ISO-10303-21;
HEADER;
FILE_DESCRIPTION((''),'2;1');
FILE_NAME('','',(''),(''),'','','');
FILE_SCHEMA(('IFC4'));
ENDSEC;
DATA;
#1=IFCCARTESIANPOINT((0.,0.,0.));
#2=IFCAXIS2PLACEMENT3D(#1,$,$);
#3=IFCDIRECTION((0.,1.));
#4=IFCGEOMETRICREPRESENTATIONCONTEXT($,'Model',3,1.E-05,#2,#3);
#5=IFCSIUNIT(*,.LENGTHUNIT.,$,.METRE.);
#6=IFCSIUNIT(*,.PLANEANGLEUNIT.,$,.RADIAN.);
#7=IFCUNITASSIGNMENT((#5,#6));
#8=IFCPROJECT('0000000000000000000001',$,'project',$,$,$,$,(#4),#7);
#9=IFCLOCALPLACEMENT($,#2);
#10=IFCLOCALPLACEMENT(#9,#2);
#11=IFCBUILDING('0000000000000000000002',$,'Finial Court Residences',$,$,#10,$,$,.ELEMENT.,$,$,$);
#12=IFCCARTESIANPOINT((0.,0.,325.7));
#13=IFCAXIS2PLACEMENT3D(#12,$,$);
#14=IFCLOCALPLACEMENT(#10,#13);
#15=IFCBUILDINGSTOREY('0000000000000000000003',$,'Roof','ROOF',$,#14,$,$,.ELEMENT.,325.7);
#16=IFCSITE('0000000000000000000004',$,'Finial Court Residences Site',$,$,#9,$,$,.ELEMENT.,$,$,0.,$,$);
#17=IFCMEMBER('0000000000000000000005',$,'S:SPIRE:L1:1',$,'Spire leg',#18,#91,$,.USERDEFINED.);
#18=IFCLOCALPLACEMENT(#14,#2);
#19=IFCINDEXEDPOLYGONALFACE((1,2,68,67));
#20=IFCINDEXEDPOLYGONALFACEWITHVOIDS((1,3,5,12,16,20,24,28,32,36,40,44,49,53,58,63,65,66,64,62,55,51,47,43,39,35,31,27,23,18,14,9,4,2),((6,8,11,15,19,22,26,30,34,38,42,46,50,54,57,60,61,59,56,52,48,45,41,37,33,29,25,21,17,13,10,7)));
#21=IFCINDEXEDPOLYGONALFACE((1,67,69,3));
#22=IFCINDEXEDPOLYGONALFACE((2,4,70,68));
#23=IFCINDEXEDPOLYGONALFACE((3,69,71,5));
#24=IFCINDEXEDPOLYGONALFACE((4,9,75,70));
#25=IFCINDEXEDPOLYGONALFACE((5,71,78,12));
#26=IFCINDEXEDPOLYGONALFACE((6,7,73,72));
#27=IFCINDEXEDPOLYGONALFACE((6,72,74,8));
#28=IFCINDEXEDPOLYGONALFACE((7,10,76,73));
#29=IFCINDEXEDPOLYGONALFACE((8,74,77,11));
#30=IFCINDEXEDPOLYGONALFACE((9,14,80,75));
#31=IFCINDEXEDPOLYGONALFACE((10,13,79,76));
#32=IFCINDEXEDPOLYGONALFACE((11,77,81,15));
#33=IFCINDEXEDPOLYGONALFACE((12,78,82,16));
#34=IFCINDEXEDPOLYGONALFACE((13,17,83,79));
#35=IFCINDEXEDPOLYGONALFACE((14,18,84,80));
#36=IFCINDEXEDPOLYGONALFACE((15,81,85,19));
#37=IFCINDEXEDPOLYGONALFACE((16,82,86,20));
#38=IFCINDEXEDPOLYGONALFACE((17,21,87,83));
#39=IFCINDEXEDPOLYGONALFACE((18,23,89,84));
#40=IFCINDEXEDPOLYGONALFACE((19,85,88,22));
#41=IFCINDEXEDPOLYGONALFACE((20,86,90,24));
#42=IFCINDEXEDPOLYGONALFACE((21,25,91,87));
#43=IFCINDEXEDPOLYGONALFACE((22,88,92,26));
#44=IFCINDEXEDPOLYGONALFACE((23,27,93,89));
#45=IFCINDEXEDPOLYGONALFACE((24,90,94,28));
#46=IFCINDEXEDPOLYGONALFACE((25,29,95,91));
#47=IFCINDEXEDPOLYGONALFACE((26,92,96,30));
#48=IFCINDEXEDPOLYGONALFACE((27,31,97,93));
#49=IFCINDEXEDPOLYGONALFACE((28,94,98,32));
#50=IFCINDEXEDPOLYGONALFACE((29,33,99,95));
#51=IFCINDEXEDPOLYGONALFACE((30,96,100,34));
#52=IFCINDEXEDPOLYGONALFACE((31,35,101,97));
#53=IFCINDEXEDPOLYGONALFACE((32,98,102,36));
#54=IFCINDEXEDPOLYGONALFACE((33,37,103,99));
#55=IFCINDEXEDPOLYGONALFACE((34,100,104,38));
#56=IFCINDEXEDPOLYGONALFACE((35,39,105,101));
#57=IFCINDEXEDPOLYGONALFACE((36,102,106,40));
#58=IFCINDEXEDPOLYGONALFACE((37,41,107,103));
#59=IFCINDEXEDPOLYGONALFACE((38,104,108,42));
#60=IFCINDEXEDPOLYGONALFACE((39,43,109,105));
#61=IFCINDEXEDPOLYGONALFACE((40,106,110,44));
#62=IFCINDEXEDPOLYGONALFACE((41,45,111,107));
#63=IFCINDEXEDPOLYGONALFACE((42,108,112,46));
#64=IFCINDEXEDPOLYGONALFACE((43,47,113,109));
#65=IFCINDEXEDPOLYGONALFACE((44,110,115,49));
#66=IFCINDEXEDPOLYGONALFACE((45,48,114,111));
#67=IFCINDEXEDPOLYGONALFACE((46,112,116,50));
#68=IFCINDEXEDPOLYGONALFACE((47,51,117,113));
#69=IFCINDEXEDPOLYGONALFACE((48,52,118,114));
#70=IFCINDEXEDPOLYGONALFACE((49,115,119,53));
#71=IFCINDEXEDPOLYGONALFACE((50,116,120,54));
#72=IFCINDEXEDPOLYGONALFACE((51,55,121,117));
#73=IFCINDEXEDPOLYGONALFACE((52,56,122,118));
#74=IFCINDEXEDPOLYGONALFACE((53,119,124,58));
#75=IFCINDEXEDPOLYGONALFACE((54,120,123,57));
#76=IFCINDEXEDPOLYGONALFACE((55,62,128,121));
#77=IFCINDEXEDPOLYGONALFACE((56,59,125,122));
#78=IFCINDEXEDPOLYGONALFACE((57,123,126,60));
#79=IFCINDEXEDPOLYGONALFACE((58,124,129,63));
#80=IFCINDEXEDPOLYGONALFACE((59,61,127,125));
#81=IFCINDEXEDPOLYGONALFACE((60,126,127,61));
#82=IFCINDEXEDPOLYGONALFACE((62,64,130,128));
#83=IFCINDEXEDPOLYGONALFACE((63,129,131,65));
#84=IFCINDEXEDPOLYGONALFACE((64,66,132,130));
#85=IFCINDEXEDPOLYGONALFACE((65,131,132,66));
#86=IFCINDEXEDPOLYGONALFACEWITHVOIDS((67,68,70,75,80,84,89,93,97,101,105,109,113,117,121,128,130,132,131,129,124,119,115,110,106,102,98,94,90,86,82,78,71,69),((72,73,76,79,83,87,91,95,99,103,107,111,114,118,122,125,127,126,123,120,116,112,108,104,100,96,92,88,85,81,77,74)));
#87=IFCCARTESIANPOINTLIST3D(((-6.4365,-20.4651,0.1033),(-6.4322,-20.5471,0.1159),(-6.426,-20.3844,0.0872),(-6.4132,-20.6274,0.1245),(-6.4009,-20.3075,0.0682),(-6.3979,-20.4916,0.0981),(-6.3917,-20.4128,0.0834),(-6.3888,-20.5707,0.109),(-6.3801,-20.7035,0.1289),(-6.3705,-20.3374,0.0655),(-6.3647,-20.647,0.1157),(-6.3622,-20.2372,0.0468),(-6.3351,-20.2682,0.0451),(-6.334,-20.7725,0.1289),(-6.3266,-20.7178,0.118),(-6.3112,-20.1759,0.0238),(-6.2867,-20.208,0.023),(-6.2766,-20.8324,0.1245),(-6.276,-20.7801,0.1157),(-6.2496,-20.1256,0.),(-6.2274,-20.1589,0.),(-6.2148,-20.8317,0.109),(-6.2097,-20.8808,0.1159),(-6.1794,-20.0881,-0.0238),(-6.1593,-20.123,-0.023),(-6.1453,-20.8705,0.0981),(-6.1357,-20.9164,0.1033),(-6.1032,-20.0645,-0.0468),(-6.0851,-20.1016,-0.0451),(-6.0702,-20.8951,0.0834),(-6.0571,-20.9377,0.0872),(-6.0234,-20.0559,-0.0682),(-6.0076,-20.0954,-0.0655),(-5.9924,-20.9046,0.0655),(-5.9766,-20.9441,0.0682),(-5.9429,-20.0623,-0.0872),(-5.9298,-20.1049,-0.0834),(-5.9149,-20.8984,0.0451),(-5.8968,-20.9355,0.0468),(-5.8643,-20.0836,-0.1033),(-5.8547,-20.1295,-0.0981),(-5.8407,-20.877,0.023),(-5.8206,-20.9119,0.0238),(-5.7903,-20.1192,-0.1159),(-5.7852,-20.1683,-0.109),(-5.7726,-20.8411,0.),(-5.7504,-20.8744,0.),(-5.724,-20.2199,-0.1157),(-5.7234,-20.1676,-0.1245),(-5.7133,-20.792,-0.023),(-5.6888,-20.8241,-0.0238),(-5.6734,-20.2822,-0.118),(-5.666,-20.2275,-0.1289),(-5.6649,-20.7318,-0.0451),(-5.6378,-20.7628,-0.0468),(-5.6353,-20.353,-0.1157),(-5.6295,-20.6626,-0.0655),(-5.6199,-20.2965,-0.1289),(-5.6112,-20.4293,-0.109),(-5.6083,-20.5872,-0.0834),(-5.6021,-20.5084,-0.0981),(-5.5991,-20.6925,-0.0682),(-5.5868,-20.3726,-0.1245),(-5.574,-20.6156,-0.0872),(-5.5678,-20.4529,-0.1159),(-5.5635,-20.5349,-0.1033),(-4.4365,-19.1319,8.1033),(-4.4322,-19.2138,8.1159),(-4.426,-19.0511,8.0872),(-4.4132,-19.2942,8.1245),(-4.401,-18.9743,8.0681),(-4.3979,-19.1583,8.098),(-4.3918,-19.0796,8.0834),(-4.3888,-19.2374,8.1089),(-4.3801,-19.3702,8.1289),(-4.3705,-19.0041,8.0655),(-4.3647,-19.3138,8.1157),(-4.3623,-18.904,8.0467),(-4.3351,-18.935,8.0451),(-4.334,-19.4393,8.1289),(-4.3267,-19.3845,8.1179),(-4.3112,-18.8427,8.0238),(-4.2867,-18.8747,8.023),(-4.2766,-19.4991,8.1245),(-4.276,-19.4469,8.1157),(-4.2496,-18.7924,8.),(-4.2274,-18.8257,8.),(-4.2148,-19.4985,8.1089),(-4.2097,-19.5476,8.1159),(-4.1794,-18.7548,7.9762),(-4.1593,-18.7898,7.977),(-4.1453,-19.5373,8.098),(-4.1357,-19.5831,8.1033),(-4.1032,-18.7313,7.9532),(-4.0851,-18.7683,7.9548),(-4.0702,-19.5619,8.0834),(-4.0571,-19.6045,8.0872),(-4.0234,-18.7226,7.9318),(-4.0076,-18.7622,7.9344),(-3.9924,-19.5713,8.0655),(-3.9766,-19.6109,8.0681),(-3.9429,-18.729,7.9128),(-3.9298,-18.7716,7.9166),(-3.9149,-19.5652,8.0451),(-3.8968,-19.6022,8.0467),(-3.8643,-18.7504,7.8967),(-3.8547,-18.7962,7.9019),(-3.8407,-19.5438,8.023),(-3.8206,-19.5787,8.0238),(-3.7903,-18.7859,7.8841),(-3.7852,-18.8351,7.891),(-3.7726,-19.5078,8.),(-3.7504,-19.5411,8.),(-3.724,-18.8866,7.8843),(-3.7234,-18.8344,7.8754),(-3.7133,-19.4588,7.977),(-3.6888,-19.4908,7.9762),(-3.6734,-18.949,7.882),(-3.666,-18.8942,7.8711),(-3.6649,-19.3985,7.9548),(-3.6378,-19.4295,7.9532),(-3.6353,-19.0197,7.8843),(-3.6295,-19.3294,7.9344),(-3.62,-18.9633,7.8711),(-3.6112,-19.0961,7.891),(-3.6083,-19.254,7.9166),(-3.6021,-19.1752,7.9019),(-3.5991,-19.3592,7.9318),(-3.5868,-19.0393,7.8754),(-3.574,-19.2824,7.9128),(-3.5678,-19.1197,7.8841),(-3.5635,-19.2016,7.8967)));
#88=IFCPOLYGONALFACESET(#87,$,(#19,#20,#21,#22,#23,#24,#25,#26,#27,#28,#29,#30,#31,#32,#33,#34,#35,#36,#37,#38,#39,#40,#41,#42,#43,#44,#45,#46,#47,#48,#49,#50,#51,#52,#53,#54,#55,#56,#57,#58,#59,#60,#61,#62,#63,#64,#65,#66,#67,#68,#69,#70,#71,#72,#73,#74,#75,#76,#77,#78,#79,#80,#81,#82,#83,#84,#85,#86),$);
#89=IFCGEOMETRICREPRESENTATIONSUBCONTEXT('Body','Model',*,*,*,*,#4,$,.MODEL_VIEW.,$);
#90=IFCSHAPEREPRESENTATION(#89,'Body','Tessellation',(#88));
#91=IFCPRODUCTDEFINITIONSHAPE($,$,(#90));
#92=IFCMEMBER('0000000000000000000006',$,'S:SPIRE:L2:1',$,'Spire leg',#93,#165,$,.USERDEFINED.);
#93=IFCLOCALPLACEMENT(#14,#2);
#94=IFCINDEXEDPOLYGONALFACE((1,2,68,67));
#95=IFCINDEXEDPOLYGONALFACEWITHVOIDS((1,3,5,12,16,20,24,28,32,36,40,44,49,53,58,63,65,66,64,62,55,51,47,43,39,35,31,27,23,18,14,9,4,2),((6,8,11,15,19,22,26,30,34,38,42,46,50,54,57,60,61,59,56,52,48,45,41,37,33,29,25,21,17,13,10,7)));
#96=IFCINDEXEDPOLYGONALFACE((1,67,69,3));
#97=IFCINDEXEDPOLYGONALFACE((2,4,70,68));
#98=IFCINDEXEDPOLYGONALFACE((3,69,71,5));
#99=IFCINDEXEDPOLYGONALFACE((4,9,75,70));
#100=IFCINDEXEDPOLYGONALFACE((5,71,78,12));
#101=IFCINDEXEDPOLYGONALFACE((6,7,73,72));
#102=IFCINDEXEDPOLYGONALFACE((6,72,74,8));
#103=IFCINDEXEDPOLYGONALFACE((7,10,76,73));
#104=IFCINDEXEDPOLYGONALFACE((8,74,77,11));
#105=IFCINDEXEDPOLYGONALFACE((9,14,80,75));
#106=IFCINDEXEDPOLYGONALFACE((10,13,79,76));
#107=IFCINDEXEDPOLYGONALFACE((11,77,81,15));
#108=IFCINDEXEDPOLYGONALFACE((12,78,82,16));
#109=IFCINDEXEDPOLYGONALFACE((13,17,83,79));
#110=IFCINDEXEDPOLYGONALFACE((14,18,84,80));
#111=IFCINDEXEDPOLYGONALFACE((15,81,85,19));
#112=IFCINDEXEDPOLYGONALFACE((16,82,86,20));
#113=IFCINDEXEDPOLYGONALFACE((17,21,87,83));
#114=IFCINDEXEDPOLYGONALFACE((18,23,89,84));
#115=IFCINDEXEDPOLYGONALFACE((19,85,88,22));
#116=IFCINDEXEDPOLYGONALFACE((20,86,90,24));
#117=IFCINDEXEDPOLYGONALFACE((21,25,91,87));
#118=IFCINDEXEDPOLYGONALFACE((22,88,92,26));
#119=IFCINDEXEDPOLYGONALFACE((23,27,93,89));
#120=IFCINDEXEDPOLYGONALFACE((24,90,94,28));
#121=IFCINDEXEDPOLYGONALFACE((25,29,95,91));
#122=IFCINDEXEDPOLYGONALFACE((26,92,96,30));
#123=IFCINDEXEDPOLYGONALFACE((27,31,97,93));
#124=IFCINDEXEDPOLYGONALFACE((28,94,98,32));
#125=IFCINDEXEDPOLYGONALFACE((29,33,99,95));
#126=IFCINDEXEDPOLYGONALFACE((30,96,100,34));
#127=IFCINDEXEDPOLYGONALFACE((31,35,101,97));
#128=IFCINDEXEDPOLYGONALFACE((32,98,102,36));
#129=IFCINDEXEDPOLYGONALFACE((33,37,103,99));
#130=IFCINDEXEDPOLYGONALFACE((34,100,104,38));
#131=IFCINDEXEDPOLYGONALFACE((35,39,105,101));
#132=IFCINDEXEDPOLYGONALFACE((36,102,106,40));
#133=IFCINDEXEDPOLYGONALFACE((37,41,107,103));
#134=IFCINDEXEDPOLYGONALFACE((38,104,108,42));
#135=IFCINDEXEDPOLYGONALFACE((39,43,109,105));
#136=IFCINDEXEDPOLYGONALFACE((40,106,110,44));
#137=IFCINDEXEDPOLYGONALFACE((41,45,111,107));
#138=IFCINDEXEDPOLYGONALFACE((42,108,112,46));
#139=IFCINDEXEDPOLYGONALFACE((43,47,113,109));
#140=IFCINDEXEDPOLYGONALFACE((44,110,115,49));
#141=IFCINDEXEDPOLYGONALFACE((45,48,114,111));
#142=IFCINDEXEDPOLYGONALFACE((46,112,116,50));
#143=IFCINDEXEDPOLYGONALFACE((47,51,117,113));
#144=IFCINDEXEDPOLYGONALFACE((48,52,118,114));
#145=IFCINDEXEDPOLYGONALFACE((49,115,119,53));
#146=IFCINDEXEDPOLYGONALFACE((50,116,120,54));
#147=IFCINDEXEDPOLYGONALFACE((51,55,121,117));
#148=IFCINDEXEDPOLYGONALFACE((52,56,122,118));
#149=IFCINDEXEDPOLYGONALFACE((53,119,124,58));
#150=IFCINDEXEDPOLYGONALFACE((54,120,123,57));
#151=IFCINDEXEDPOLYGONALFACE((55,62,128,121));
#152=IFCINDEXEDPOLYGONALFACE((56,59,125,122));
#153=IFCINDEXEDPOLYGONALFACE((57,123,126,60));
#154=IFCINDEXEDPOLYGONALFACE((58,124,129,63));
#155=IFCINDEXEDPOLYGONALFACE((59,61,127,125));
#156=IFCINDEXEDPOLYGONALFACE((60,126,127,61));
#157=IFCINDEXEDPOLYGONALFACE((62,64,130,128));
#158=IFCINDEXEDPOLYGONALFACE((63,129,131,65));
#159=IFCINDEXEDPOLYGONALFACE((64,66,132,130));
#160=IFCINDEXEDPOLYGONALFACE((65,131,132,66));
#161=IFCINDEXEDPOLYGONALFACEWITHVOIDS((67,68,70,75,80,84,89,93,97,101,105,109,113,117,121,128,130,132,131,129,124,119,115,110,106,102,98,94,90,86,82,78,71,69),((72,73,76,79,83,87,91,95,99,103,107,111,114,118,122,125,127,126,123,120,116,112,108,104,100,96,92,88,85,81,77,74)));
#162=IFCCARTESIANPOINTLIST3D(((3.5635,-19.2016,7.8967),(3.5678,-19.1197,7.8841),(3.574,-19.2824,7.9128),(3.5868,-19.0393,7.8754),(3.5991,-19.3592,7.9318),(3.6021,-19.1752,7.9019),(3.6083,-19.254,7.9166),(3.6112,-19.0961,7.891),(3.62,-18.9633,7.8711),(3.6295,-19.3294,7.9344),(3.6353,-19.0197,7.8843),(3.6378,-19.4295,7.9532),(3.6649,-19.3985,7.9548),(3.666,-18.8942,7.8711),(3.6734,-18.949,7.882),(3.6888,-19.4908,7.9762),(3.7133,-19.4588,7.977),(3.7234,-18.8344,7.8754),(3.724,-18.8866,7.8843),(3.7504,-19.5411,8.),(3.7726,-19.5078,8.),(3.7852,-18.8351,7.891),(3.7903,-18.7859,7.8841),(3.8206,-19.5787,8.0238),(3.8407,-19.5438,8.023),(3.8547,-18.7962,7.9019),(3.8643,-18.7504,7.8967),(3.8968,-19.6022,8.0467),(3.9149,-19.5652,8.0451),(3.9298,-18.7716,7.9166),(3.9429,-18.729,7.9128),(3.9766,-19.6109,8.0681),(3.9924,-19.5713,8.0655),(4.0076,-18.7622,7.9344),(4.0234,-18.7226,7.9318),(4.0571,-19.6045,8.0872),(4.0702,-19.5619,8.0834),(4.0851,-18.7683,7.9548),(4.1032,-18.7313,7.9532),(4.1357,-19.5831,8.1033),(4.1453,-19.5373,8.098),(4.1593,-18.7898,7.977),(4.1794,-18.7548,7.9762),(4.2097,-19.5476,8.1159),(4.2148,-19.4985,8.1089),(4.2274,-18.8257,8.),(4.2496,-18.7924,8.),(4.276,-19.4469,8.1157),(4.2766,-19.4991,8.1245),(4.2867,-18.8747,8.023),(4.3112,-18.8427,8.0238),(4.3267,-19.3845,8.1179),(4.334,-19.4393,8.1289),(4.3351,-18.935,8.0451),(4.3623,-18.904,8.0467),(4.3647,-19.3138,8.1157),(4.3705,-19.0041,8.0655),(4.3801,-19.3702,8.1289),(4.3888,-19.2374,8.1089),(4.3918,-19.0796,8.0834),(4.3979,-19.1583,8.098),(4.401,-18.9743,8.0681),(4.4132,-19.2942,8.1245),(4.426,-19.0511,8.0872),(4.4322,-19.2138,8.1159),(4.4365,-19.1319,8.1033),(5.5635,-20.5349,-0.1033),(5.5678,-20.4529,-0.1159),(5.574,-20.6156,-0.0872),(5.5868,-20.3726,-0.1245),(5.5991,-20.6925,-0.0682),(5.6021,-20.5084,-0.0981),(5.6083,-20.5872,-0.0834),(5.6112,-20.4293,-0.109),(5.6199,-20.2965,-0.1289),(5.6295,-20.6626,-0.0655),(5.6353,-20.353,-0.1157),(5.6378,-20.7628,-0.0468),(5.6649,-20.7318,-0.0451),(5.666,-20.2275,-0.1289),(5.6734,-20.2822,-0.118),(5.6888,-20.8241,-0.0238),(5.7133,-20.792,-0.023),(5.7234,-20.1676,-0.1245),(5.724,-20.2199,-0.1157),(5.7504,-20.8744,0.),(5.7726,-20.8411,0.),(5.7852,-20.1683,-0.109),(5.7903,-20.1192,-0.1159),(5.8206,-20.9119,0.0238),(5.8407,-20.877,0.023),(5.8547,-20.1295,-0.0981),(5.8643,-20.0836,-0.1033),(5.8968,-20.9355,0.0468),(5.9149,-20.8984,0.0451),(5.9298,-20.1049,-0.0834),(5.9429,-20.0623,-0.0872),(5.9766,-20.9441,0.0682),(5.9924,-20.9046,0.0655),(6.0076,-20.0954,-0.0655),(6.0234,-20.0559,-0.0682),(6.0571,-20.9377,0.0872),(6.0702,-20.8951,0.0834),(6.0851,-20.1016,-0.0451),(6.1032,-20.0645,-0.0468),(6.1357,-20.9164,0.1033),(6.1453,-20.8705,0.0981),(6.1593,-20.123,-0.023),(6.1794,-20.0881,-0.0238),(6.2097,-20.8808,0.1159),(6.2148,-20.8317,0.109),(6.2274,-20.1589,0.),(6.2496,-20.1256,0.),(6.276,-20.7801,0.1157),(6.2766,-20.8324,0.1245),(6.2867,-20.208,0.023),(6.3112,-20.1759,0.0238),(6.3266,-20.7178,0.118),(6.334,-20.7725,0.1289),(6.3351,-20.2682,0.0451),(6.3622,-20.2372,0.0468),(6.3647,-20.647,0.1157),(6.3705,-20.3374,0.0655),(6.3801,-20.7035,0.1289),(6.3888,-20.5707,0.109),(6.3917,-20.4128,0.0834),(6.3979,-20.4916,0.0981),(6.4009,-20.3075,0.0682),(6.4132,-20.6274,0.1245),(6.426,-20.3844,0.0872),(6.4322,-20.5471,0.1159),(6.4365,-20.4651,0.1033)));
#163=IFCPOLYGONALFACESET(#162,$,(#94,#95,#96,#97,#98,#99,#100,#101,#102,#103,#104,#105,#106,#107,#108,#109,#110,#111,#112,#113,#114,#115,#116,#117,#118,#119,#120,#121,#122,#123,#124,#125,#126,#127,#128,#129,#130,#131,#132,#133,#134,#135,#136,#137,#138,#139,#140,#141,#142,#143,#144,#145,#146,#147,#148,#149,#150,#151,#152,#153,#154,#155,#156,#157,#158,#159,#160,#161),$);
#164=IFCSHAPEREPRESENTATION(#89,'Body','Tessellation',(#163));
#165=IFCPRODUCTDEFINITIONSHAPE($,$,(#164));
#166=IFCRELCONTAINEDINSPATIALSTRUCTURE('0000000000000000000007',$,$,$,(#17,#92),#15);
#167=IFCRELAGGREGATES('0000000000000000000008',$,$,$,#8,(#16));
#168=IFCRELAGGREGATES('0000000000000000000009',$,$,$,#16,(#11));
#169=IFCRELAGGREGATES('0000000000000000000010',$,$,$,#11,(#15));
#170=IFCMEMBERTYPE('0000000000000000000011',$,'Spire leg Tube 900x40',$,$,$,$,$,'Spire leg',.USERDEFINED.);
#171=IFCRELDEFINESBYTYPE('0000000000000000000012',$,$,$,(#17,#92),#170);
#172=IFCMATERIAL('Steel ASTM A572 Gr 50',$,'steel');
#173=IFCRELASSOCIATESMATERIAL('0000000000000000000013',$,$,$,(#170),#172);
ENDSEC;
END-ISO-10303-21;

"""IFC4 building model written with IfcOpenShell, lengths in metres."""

from ifc_helpers import new_model, si_unit, direction, frame, origin, origin_2d, place, context, subcontext, project, spatial, hollow_circle, extrude, material, material_profile, profile_set, type_object, element, save


model = new_model("IFC4")

# Units and contexts
model_context = context("Model", 3, precision=1e-05, world=origin(), true_north=direction((0.0, 1.0)))
body_context = subcontext(model_context, "Body", "Model", "MODEL_VIEW")
ifc_project = project(units=[si_unit("LENGTHUNIT", "METRE"), si_unit("PLANEANGLEUNIT", "RADIAN")], contexts=[model_context])

# Site, building, storey
site_placement = place(None, origin())
site = spatial("IfcSite", under=ifc_project, at=site_placement, Name="Finial Court Residences Site", CompositionType="ELEMENT", RefElevation=0.0)
building_placement = place(site_placement, origin())
building = spatial("IfcBuilding", under=site, at=building_placement, Name="Finial Court Residences", CompositionType="ELEMENT")
storey_placement = place(building_placement, frame((0.0, 0.0, 325.7)))
storey = spatial("IfcBuildingStorey", under=building, at=storey_placement, Name="Roof", Description="ROOF", CompositionType="ELEMENT", Elevation=325.7)

# Members
ifc_material_1 = material(Name="Steel ASTM A572 Gr 50", Category="steel")
ifc_material_profile_1 = material_profile(ifc_material_1, hollow_circle(Radius=0.45, WallThickness=0.04, at=origin_2d()), Name="Tube 900x40")
ifc_profile_set_1 = profile_set([ifc_material_profile_1], Name="Steel ASTM A572 Gr 50")
member_type_1 = type_object("IfcMemberType", Name="Spire leg Tube 900x40", ElementType="Spire leg", PredefinedType="USERDEFINED", material=ifc_profile_set_1)
for number, where, z_axis, x_axis, name in (
    (1, (-6.0, -20.5, 0.0), (0.239426, 0.159608, 0.957706), (-0.554677, 0.832066, 0.0), "S:SPIRE:L1:1"),
    (2, (6.0, -20.5, 0.0), (-0.239426, 0.159608, 0.957706), (-0.554677, -0.832066, 0.0), "S:SPIRE:L2:1"),
):
    element("IfcMember", number, at=place(storey_placement, frame(where, z_axis=z_axis, x_axis=x_axis)), inside=storey, type_object=member_type_1, Name=name, ObjectType="Spire leg", PredefinedType="USERDEFINED", context=body_context, shape_type="SweptSolid", body=[
        extrude(hollow_circle(Radius=0.45, WallThickness=0.04, at=origin_2d()), origin(), (0.0, 0.0, 1.0), 8.3533),
    ])

save(model, "model.ifc")
